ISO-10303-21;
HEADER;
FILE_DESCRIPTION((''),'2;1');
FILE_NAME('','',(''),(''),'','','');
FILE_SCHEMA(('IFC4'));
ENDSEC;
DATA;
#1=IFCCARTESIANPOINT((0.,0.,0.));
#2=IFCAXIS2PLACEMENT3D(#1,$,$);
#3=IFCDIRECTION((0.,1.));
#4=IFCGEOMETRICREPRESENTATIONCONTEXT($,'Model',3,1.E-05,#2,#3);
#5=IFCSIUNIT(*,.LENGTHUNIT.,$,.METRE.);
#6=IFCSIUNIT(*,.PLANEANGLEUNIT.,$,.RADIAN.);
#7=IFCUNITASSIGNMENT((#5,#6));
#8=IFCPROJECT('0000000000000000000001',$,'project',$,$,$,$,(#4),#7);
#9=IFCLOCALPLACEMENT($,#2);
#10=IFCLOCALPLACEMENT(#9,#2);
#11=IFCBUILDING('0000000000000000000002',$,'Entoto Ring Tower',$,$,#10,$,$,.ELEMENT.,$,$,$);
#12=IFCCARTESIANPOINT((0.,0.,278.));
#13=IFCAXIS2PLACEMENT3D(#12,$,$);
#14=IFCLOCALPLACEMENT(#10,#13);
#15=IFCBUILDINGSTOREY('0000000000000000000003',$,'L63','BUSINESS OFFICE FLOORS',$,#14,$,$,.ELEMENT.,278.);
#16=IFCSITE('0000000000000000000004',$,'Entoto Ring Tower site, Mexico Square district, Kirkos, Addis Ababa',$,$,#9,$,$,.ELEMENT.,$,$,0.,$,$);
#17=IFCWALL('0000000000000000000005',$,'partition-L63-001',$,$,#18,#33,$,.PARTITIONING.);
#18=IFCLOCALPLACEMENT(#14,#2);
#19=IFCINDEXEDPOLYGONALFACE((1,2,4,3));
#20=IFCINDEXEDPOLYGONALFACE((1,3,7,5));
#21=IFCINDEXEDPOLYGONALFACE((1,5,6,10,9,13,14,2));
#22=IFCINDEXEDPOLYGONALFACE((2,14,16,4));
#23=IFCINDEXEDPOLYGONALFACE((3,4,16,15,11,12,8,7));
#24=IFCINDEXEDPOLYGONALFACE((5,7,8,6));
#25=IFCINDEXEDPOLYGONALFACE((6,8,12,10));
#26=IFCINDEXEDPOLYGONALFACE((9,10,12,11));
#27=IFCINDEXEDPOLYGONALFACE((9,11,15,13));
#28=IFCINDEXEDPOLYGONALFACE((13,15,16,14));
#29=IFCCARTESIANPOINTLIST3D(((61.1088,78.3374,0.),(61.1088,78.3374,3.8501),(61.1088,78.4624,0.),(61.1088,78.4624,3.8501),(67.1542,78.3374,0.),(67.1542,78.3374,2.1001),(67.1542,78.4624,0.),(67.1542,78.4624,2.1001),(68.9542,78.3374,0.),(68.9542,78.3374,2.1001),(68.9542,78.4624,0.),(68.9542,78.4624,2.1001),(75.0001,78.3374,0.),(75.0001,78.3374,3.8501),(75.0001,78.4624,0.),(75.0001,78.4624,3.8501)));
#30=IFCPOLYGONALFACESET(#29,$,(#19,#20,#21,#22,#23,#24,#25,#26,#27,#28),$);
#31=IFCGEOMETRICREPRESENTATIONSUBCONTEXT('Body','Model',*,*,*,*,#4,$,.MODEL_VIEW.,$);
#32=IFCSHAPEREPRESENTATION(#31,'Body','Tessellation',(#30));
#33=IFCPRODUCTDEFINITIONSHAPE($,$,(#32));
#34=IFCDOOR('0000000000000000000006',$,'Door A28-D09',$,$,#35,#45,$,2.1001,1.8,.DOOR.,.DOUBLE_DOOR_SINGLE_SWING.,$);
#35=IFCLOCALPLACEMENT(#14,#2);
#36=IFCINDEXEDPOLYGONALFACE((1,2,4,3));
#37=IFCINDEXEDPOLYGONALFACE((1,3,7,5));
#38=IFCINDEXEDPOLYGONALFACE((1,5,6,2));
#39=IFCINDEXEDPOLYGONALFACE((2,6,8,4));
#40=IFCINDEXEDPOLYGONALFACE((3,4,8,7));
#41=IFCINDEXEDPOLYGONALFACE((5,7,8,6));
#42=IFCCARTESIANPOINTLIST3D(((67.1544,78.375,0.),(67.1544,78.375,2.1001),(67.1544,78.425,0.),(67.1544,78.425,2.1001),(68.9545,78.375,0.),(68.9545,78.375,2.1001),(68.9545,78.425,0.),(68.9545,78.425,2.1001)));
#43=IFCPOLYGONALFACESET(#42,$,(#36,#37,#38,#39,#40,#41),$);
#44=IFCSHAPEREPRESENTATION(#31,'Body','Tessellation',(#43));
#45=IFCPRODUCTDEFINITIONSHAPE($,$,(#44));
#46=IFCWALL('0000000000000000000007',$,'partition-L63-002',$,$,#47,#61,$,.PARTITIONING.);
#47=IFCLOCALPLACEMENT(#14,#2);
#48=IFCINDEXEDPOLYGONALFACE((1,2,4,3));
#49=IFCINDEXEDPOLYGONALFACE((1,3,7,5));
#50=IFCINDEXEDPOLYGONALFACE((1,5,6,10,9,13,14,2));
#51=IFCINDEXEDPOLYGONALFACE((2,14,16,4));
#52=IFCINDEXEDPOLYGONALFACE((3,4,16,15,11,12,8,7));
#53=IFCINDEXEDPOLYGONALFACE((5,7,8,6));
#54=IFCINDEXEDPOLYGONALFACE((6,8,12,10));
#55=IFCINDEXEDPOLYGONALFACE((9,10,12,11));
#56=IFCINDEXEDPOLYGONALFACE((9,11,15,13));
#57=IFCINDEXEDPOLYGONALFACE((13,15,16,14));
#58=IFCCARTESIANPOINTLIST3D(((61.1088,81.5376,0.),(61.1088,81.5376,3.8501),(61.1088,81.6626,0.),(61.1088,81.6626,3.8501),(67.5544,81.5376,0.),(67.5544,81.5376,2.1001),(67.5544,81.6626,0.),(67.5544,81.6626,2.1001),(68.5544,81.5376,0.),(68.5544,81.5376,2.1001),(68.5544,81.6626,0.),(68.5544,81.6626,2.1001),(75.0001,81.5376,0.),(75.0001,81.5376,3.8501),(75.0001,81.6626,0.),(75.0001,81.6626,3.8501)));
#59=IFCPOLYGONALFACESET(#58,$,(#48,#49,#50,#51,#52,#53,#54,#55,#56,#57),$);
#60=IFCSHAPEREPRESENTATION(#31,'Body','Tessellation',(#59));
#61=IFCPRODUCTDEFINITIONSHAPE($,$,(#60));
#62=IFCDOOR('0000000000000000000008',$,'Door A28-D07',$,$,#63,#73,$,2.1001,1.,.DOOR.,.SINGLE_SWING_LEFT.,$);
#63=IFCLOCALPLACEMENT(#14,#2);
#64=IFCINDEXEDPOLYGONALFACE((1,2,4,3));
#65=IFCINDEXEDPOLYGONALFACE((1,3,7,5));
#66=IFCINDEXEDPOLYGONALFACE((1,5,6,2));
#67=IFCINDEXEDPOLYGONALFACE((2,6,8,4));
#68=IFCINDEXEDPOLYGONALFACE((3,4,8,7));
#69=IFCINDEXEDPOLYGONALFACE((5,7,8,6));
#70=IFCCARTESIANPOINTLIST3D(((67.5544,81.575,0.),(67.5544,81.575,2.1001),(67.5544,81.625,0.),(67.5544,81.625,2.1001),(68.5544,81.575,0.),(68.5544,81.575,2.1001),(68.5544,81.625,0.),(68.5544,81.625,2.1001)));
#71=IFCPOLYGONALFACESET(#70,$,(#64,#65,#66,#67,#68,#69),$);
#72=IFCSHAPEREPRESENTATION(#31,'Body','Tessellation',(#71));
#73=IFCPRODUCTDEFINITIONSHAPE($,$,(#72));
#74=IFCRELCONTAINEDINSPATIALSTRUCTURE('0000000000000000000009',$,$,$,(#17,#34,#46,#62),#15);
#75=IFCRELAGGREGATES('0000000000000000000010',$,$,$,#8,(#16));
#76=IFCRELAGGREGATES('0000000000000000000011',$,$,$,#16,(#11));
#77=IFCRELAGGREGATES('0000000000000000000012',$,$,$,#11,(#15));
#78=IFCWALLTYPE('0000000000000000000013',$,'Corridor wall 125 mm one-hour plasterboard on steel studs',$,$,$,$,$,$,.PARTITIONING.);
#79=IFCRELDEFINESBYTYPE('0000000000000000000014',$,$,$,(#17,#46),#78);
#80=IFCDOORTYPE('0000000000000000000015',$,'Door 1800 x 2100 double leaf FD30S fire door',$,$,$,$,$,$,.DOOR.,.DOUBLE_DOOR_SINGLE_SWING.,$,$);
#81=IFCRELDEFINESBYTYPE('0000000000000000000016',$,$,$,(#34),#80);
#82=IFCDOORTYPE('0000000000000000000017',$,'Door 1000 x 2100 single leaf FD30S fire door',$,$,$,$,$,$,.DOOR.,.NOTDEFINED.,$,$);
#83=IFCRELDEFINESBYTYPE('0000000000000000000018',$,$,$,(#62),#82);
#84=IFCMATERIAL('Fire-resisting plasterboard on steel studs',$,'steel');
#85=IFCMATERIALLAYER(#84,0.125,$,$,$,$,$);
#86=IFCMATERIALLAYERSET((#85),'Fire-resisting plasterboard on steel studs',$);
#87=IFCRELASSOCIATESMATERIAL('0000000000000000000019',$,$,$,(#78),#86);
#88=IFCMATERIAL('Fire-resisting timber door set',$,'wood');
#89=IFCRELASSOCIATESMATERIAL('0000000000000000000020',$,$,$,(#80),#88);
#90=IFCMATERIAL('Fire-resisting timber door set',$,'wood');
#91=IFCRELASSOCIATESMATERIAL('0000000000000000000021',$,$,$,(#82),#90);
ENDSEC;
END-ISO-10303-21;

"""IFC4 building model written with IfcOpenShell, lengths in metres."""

from ifc_helpers import new_model, si_unit, direction, frame, frame_2d, origin, place, context, subcontext, project, spatial, rectangle, extrude, material, layer, layer_set, type_object, element, fill, save


model = new_model("IFC4")

# Units and contexts
model_context = context("Model", 3, precision=1e-05, world=origin(), true_north=direction((0.0, 1.0)))
body_context = subcontext(model_context, "Body", "Model", "MODEL_VIEW")
ifc_project = project(units=[si_unit("LENGTHUNIT", "METRE"), si_unit("PLANEANGLEUNIT", "RADIAN")], contexts=[model_context])

# Site, building, storey
site_placement = place(None, origin())
site = spatial("IfcSite", under=ifc_project, at=site_placement, Name="Entoto Ring Tower site, Mexico Square district, Kirkos, Addis Ababa", CompositionType="ELEMENT", RefElevation=0.0)
building_placement = place(site_placement, origin())
building = spatial("IfcBuilding", under=site, at=building_placement, Name="Entoto Ring Tower", CompositionType="ELEMENT")
storey_placement = place(building_placement, frame((0.0, 0.0, 278.0)))
storey = spatial("IfcBuildingStorey", under=building, at=storey_placement, Name="L63", Description="BUSINESS OFFICE FLOORS", CompositionType="ELEMENT", Elevation=278.0)

# Walls, openings, doors
ifc_material_1 = material(Name="Fire-resisting plasterboard on steel studs", Category="steel")
ifc_layer_1 = layer(ifc_material_1, 0.125)
ifc_layer_set_1 = layer_set([ifc_layer_1], Name="Fire-resisting plasterboard on steel studs")
wall_type_1 = type_object("IfcWallType", Name="Corridor wall 125 mm one-hour plasterboard on steel studs", PredefinedType="PARTITIONING", material=ifc_layer_set_1)
wall_1_placement = place(storey_placement, frame((61.1086, 78.3999, 0.0), z_axis=(0.0, 0.0, 1.0), x_axis=(1.0, 0.0, 0.0)))
wall_1 = element("IfcWall", 1, at=wall_1_placement, inside=storey, type_object=wall_type_1, Name="partition-L63-001", PredefinedType="PARTITIONING", context=body_context, shape_type="SweptSolid", body=[
    extrude(rectangle(XDim=13.8914, YDim=0.125, at=frame_2d((6.9458, 0.0))), origin(), (0.0, 0.0, 1.0), 3.8501),
])
opening_1_placement = place(wall_1_placement, frame((6.0457, 0.0, 0.0)))
opening_1 = element("IfcOpeningElement", 2, at=opening_1_placement, cuts=wall_1, PredefinedType="OPENING", context=body_context, shape_type="SweptSolid", body=[
    extrude(rectangle(XDim=1.8, YDim=2.1001, at=frame_2d((0.8999, 1.05))), frame((0.0, 0.0725, 0.0), z_axis=(0.0, -1.0, 0.0), x_axis=(1.0, 0.0, 0.0)), (0.0, 0.0, 1.0), 0.145),
])
ifc_material_2 = material(Name="Fire-resisting timber door set", Category="wood")
door_type_1 = type_object("IfcDoorType", Name="Door 1800 x 2100 double leaf FD30S fire door", OperationType="DOUBLE_DOOR_SINGLE_SWING", PredefinedType="DOOR", material=ifc_material_2)
door_1_placement = place(opening_1_placement, frame((1.8, 0.0, 0.0), z_axis=(0.0, 0.0, 1.0), x_axis=(-1.0, 0.0, 0.0)))
door_1 = element("IfcDoor", 3, at=door_1_placement, inside=storey, type_object=door_type_1, Name="Door A28-D09", OperationType="DOUBLE_DOOR_SINGLE_SWING", OverallHeight=2.1001, OverallWidth=1.8, PredefinedType="DOOR", context=body_context, shape_type="SweptSolid", body=[
    extrude(rectangle(XDim=1.8, YDim=2.1001, at=frame_2d((0.8999, 1.05))), frame((0.0, 0.0249, 0.0), z_axis=(0.0, -1.0, 0.0), x_axis=(1.0, 0.0, 0.0)), (0.0, 0.0, 1.0), 0.05),
])
fill(opening_1, door_1)
wall_2_placement = place(storey_placement, frame((61.1086, 81.6001, 0.0), z_axis=(0.0, 0.0, 1.0), x_axis=(1.0, 0.0, 0.0)))
wall_2 = element("IfcWall", 4, at=wall_2_placement, inside=storey, type_object=wall_type_1, Name="partition-L63-002", PredefinedType="PARTITIONING", context=body_context, shape_type="SweptSolid", body=[
    extrude(rectangle(XDim=13.8914, YDim=0.125, at=frame_2d((6.9458, 0.0))), origin(), (0.0, 0.0, 1.0), 3.8501),
])
opening_2_placement = place(wall_2_placement, frame((6.4458, 0.0, 0.0)))
opening_2 = element("IfcOpeningElement", 5, at=opening_2_placement, cuts=wall_2, PredefinedType="OPENING", context=body_context, shape_type="SweptSolid", body=[
    extrude(rectangle(XDim=1.0, YDim=2.1001, at=frame_2d((0.5, 1.05))), frame((0.0, 0.0725, 0.0), z_axis=(0.0, -1.0, 0.0), x_axis=(1.0, 0.0, 0.0)), (0.0, 0.0, 1.0), 0.145),
])
ifc_material_3 = material(Name="Fire-resisting timber door set", Category="wood")
door_type_2 = type_object("IfcDoorType", Name="Door 1000 x 2100 single leaf FD30S fire door", OperationType="NOTDEFINED", PredefinedType="DOOR", material=ifc_material_3)
door_2_placement = place(opening_2_placement, origin())
door_2 = element("IfcDoor", 6, at=door_2_placement, inside=storey, type_object=door_type_2, Name="Door A28-D07", OperationType="SINGLE_SWING_LEFT", OverallHeight=2.1001, OverallWidth=1.0, PredefinedType="DOOR", context=body_context, shape_type="SweptSolid", body=[
    extrude(rectangle(XDim=1.0, YDim=2.1001, at=frame_2d((0.5, 1.05))), frame((0.0, 0.0249, 0.0), z_axis=(0.0, -1.0, 0.0), x_axis=(1.0, 0.0, 0.0)), (0.0, 0.0, 1.0), 0.05),
])
fill(opening_2, door_2)

save(model, "model.ifc")
